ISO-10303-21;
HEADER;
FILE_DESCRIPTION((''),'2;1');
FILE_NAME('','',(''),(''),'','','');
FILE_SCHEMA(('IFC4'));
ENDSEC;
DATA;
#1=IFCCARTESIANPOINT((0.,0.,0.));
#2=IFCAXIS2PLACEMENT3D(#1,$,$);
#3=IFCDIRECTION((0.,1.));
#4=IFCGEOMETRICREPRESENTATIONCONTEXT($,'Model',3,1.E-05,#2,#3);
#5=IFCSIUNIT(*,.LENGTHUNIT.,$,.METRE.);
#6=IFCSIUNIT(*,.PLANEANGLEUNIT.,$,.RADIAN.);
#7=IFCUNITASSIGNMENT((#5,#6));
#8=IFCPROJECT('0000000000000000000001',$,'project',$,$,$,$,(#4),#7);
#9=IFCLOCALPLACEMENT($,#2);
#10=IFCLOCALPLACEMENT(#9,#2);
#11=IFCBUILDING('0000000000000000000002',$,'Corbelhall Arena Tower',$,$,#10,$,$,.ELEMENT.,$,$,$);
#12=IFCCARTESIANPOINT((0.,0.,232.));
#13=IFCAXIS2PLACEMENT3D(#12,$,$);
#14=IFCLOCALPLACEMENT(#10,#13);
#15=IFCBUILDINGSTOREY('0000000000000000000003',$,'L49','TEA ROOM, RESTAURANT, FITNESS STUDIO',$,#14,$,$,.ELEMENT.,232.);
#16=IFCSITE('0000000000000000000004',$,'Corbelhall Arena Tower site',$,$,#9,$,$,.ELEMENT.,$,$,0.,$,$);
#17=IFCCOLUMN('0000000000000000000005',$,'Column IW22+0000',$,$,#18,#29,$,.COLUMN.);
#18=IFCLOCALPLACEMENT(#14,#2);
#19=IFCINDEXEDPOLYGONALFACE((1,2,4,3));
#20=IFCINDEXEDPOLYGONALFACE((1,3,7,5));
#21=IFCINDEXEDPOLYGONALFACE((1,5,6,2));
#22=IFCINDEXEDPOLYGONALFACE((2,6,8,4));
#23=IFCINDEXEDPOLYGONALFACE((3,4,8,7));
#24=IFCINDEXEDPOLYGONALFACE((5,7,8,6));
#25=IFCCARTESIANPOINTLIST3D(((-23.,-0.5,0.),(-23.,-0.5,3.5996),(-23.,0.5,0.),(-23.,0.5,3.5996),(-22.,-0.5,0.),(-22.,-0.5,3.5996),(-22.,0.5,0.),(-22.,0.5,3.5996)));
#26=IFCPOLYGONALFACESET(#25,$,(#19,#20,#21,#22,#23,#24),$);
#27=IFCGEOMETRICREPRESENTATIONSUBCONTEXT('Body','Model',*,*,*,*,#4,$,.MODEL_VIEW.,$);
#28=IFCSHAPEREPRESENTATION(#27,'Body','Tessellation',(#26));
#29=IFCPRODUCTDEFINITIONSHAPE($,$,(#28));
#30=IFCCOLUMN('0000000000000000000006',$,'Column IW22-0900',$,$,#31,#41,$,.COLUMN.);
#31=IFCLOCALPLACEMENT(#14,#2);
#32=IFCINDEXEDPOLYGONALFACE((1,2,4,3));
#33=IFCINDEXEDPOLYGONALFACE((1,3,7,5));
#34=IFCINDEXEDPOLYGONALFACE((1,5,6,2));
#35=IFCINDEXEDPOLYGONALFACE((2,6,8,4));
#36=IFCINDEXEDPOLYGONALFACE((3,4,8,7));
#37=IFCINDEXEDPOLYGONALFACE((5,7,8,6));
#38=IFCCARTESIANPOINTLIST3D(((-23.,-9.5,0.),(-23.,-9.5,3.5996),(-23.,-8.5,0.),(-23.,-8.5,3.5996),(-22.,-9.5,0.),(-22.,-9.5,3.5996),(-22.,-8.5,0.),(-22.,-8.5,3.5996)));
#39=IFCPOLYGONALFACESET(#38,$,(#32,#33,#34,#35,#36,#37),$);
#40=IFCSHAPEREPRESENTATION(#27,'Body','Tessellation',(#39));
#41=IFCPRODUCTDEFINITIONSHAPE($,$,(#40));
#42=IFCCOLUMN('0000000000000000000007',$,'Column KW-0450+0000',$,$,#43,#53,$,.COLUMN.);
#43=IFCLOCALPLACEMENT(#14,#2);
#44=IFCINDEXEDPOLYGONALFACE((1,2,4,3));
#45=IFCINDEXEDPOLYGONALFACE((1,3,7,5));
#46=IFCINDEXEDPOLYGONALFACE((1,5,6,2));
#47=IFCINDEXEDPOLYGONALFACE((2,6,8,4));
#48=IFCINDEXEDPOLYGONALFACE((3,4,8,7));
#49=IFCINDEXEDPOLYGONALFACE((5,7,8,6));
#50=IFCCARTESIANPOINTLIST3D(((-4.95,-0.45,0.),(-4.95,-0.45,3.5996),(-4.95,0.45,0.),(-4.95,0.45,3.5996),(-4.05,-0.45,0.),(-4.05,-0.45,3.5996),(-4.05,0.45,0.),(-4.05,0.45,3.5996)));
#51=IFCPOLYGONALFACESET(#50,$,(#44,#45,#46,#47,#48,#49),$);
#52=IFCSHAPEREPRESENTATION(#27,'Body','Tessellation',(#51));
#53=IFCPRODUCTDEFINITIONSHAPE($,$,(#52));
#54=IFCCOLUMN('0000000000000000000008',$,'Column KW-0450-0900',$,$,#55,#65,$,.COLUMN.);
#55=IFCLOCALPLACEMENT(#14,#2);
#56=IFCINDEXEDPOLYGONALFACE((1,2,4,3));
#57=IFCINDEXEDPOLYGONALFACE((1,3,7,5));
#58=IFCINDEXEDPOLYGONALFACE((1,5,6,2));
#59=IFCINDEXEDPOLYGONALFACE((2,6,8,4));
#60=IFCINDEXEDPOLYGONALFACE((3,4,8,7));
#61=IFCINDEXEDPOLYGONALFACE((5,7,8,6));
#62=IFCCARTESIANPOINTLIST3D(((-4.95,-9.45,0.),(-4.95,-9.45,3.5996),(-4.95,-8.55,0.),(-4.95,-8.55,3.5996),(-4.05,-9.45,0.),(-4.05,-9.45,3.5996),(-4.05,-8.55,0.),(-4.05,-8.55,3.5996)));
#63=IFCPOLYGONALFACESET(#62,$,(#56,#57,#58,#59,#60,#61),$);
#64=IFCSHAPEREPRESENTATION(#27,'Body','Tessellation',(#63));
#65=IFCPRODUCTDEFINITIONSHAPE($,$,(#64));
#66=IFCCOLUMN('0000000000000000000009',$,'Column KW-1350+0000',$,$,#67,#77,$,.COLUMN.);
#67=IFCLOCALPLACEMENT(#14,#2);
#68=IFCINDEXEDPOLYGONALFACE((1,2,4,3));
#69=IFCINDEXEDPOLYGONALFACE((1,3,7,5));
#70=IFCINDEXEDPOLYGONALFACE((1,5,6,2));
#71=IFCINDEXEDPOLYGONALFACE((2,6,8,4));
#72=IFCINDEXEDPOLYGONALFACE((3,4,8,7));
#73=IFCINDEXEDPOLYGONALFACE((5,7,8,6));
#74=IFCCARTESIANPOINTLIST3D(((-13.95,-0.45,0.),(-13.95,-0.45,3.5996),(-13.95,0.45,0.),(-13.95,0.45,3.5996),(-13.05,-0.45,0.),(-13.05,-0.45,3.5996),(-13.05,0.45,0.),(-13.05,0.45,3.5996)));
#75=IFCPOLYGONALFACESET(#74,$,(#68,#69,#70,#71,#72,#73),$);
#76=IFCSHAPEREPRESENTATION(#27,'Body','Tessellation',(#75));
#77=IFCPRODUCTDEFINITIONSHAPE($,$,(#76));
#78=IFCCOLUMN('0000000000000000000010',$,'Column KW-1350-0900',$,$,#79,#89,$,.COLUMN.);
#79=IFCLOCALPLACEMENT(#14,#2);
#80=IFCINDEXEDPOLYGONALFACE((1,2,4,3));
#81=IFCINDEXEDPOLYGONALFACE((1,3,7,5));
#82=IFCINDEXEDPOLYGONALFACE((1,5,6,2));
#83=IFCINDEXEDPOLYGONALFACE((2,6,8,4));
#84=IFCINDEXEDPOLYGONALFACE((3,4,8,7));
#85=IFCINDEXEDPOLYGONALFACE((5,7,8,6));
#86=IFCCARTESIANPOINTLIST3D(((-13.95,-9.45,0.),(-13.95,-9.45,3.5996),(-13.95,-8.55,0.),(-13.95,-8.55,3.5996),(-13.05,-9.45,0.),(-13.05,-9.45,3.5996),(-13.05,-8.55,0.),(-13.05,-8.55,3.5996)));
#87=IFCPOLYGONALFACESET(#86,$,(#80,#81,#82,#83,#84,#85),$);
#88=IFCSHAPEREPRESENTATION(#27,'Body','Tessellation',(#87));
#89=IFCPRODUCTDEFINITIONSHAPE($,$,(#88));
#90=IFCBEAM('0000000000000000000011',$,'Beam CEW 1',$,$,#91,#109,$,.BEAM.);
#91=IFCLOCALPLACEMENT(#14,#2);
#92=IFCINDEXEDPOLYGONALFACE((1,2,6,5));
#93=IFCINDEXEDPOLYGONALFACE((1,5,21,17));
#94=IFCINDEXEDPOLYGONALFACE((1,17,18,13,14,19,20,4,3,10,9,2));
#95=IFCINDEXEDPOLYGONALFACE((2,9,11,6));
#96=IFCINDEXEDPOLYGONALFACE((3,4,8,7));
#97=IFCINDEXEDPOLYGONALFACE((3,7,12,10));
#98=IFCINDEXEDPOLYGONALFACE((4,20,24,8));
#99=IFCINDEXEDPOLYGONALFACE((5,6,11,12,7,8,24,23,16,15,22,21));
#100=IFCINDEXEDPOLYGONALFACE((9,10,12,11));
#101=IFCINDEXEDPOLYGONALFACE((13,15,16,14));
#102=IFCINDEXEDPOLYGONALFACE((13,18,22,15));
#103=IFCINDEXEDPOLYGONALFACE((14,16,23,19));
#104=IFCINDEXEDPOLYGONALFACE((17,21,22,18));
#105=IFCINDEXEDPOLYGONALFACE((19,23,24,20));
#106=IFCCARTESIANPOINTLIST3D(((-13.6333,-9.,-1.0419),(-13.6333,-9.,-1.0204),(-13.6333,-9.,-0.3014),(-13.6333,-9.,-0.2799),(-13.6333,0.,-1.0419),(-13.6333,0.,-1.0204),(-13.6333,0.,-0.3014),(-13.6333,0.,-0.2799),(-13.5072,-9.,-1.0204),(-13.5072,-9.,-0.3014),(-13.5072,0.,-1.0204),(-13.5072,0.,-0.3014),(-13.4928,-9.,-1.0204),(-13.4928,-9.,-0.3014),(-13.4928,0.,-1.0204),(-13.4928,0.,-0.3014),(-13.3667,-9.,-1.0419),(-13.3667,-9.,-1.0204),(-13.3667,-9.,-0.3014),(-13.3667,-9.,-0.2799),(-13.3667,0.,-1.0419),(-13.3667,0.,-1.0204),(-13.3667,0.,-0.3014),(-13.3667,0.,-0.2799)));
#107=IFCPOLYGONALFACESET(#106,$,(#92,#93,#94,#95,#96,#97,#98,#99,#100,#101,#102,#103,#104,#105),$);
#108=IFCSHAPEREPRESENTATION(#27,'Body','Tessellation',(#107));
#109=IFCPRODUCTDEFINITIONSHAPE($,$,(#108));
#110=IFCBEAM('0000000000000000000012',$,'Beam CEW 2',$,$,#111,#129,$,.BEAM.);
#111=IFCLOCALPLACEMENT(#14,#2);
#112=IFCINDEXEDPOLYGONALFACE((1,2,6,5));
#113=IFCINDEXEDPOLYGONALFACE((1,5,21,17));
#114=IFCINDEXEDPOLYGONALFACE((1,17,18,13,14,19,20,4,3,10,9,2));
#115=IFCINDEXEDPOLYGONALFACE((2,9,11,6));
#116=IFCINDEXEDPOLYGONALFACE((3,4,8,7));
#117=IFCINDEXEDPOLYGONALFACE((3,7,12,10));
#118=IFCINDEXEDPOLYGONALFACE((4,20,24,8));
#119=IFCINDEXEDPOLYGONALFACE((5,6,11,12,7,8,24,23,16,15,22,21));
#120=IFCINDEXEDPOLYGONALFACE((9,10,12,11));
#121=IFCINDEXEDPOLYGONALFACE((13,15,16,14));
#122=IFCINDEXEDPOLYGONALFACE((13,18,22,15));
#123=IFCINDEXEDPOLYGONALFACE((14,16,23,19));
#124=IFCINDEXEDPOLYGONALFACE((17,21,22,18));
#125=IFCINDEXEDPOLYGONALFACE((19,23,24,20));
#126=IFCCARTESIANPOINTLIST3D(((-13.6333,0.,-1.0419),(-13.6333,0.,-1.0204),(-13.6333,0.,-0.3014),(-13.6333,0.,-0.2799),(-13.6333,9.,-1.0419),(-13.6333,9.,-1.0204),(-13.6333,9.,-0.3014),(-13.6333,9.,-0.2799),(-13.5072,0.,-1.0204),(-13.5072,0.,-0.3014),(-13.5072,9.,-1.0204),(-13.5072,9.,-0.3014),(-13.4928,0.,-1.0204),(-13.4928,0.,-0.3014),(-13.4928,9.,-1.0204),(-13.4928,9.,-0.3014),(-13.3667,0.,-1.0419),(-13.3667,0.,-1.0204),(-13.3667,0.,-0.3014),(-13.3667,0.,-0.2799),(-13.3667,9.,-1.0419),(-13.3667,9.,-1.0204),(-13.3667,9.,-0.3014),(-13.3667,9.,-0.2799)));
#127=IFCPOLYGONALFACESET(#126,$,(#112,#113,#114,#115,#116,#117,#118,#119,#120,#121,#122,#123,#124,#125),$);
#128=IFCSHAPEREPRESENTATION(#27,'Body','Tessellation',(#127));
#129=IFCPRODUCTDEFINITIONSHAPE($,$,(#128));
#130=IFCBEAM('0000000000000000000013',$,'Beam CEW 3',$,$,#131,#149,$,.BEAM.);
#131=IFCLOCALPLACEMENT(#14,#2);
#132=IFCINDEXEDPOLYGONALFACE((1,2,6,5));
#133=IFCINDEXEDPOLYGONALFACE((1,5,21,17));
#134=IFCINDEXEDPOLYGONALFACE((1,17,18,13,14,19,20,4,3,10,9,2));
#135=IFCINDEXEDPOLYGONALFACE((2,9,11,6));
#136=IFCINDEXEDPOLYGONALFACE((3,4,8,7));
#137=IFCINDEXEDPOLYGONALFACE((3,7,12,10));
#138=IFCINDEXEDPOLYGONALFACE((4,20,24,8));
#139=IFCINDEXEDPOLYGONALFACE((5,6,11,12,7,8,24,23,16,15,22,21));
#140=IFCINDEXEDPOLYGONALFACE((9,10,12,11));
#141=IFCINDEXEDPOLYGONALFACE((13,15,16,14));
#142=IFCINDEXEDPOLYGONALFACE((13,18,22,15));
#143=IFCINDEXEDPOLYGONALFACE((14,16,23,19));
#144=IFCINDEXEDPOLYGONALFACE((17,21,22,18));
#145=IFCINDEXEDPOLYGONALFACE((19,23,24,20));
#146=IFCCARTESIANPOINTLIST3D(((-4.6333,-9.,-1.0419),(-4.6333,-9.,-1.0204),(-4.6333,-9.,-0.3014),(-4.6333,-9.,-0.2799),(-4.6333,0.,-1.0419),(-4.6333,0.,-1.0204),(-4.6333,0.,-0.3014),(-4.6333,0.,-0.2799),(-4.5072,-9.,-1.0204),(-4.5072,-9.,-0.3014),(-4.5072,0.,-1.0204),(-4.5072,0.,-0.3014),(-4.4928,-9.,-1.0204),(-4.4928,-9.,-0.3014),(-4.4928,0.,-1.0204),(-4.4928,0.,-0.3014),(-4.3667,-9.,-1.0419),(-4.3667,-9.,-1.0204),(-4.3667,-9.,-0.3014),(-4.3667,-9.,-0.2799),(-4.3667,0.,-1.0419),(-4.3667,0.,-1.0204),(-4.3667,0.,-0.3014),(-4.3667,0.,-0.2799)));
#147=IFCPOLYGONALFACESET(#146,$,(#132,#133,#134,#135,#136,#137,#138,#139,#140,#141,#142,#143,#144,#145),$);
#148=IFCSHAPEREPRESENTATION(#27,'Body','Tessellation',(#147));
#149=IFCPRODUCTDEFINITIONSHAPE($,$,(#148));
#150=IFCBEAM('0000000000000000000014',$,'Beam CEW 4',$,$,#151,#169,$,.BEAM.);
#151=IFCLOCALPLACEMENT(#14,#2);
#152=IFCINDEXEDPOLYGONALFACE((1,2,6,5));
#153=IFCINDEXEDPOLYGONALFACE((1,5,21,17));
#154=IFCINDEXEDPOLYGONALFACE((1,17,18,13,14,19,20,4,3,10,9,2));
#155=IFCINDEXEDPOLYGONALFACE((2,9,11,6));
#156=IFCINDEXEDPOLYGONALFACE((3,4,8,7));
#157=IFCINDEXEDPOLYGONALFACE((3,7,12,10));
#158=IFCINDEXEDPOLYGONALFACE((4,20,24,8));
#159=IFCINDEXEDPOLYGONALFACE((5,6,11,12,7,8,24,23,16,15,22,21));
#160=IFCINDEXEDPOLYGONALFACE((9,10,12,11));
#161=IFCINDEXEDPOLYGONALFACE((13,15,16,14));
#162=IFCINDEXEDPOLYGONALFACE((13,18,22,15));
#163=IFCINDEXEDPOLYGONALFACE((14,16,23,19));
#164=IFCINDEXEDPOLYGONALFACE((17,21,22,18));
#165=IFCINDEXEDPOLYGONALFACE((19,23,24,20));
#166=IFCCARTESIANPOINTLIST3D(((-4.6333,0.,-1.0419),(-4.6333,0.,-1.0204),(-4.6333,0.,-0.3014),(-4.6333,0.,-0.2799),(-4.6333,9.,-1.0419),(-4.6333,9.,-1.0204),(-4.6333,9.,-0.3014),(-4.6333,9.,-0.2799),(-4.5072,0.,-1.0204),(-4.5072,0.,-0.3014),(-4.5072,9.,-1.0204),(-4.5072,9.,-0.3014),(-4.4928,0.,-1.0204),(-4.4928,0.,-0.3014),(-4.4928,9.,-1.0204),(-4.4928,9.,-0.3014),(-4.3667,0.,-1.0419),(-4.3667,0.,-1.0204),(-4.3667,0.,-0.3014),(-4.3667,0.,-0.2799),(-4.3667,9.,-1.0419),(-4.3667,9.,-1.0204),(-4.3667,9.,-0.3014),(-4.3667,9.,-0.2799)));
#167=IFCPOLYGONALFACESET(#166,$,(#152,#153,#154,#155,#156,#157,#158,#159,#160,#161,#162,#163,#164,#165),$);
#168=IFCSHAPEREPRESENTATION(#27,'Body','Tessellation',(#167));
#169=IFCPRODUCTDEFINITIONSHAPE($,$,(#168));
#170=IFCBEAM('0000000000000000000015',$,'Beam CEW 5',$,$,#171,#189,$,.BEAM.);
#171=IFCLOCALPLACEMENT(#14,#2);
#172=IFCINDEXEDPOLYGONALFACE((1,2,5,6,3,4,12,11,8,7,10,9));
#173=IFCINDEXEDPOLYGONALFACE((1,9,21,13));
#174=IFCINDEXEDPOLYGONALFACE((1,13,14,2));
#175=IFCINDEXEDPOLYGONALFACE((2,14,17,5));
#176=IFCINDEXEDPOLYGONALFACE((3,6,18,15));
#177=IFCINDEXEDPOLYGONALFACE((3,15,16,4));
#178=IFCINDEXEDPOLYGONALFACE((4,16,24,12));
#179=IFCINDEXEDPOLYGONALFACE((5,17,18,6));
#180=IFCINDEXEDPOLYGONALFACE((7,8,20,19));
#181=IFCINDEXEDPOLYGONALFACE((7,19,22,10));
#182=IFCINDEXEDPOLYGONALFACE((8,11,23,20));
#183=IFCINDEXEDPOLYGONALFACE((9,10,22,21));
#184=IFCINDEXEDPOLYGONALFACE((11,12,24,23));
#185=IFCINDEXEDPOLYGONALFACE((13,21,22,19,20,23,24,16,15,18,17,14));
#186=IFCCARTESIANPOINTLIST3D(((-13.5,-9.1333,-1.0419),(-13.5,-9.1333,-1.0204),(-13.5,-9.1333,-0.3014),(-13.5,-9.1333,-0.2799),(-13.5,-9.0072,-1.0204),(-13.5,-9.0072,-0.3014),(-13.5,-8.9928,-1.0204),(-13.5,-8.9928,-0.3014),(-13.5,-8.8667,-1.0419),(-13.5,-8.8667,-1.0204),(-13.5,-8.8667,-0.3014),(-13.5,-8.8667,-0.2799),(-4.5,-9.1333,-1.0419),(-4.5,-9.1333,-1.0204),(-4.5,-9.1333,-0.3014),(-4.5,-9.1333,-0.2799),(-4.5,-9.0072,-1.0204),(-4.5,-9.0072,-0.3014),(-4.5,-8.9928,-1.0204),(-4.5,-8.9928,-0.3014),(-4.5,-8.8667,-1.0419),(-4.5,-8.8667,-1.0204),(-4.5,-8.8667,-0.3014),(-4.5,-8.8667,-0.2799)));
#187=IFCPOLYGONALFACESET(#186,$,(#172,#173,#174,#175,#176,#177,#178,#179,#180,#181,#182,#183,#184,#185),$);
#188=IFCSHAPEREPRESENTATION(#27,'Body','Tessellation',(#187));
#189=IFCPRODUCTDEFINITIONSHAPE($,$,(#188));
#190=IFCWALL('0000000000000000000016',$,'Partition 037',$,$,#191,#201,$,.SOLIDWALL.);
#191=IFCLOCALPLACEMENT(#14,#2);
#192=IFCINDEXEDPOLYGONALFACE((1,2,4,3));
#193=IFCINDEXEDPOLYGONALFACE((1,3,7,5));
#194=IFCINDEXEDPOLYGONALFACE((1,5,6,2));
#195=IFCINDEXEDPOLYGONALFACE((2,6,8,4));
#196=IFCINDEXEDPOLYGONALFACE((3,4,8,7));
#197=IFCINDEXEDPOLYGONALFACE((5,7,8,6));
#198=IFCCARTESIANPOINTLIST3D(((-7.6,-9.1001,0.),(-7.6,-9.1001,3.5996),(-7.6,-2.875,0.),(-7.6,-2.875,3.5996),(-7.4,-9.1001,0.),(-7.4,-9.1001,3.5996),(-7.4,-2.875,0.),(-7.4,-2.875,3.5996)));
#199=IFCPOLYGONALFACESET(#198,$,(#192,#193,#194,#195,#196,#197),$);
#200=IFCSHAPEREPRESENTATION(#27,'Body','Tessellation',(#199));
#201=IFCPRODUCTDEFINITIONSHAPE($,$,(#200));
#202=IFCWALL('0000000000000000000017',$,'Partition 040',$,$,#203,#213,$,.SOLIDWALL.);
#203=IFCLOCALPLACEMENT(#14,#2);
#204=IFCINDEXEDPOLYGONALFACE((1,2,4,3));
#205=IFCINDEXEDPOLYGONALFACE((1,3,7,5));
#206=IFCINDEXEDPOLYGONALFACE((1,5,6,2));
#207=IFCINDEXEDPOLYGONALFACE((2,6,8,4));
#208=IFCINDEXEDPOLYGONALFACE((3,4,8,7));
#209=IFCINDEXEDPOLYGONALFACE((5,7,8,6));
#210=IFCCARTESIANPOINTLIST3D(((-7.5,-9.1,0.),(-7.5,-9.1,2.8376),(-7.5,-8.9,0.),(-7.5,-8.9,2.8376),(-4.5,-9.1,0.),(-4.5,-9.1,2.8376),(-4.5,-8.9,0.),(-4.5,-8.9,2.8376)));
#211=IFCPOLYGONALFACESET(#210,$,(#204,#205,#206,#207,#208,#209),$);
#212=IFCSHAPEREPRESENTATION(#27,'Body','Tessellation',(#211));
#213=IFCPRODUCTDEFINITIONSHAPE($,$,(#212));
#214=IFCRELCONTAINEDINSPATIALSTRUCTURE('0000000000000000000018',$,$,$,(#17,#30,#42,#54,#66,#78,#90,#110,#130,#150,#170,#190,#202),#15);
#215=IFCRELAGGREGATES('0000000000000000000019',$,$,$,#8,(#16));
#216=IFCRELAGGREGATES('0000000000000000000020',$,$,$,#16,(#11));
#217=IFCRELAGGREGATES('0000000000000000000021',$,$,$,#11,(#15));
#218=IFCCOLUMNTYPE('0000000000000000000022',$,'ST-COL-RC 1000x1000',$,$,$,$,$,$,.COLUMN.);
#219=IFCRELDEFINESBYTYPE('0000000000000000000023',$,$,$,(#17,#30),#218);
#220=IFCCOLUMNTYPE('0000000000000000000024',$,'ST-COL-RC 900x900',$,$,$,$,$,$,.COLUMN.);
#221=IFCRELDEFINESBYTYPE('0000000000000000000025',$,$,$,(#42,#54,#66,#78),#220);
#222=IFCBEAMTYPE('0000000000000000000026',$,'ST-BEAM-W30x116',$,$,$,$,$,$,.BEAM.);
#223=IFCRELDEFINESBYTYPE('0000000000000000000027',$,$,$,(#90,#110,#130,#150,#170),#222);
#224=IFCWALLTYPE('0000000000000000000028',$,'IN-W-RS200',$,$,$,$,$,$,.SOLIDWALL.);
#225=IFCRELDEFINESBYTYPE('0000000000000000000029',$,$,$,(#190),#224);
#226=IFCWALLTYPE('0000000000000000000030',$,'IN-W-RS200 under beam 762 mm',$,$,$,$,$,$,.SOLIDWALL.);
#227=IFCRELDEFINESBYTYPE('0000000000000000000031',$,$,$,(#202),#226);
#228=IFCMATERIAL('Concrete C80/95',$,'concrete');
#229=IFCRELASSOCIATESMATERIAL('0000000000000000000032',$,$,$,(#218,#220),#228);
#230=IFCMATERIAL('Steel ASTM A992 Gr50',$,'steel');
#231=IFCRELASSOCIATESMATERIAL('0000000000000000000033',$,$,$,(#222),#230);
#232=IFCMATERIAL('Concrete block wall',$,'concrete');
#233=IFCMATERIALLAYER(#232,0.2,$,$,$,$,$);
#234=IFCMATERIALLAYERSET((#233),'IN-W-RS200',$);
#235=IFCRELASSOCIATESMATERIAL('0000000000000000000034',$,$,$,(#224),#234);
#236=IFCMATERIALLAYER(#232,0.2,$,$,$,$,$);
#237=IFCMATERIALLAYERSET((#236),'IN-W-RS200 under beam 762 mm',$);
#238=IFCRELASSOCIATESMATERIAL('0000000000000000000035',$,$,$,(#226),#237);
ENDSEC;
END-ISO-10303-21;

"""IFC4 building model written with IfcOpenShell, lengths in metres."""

from ifc_helpers import new_model, si_unit, direction, frame, frame_2d, origin, origin_2d, place, context, subcontext, project, spatial, rectangle, i_section, extrude, material, layer, layer_set, material_profile, profile_set, type_object, element, save


model = new_model("IFC4")

# Units and contexts
model_context = context("Model", 3, precision=1e-05, world=origin(), true_north=direction((0.0, 1.0)))
body_context = subcontext(model_context, "Body", "Model", "MODEL_VIEW")
ifc_project = project(units=[si_unit("LENGTHUNIT", "METRE"), si_unit("PLANEANGLEUNIT", "RADIAN")], contexts=[model_context])

# Site, building, storey
site_placement = place(None, origin())
site = spatial("IfcSite", under=ifc_project, at=site_placement, Name="Corbelhall Arena Tower site", CompositionType="ELEMENT", RefElevation=0.0)
building_placement = place(site_placement, origin())
building = spatial("IfcBuilding", under=site, at=building_placement, Name="Corbelhall Arena Tower", CompositionType="ELEMENT")
storey_placement = place(building_placement, frame((0.0, 0.0, 232.0)))
storey = spatial("IfcBuildingStorey", under=building, at=storey_placement, Name="L49", Description="TEA ROOM, RESTAURANT, FITNESS STUDIO", CompositionType="ELEMENT", Elevation=232.0)

# Columns
ifc_material_1 = material(Name="Concrete C80/95", Category="concrete")
ifc_material_profile_1 = material_profile(ifc_material_1, rectangle(XDim=1.0, YDim=1.0, at=origin_2d()))
ifc_profile_set_1 = profile_set([ifc_material_profile_1], Name="Concrete C80/95")
column_type_1 = type_object("IfcColumnType", Name="ST-COL-RC 1000x1000", PredefinedType="COLUMN", material=ifc_profile_set_1)
for number, where, z_axis, x_axis, name in (
    (1, (-22.5, 0.0, 0.0), (0.0, 0.0, 1.0), (1.0, 0.0, 0.0), "Column IW22+0000"),
    (2, (-22.5, -9.0, 0.0), (0.0, 0.0, 1.0), (1.0, 0.0, 0.0), "Column IW22-0900"),
):
    element("IfcColumn", number, at=place(storey_placement, frame(where, z_axis=z_axis, x_axis=x_axis)), inside=storey, type_object=column_type_1, Name=name, PredefinedType="COLUMN", context=body_context, shape_type="SweptSolid", body=[
        extrude(rectangle(XDim=1.0, YDim=1.0, at=origin_2d()), origin(), (0.0, 0.0, 1.0), 3.5996),
    ])
ifc_material_profile_2 = material_profile(ifc_material_1, rectangle(XDim=0.8999, YDim=0.8999, at=origin_2d()))
ifc_profile_set_2 = profile_set([ifc_material_profile_2], Name="Concrete C80/95")
column_type_2 = type_object("IfcColumnType", Name="ST-COL-RC 900x900", PredefinedType="COLUMN", material=ifc_profile_set_2)
for number, where, z_axis, x_axis, name in (
    (3, (-4.5, 0.0, 0.0), (0.0, 0.0, 1.0), (1.0, 0.0, 0.0), "Column KW-0450+0000"),
    (4, (-4.5, -9.0, 0.0), (0.0, 0.0, 1.0), (1.0, 0.0, 0.0), "Column KW-0450-0900"),
    (5, (-13.5, 0.0, 0.0), (0.0, 0.0, 1.0), (1.0, 0.0, 0.0), "Column KW-1350+0000"),
    (6, (-13.5, -9.0, 0.0), (0.0, 0.0, 1.0), (1.0, 0.0, 0.0), "Column KW-1350-0900"),
):
    element("IfcColumn", number, at=place(storey_placement, frame(where, z_axis=z_axis, x_axis=x_axis)), inside=storey, type_object=column_type_2, Name=name, PredefinedType="COLUMN", context=body_context, shape_type="SweptSolid", body=[
        extrude(rectangle(XDim=0.8999, YDim=0.8999, at=origin_2d()), origin(), (0.0, 0.0, 1.0), 3.5996),
    ])

# Beams
ifc_material_2 = material(Name="Steel ASTM A992 Gr50", Category="steel")
ifc_material_profile_3 = material_profile(ifc_material_2, i_section(OverallWidth=0.2666, OverallDepth=0.762, WebThickness=0.0144, FlangeThickness=0.0215, at=origin_2d()))
ifc_profile_set_3 = profile_set([ifc_material_profile_3], Name="Steel ASTM A992 Gr50")
beam_type = type_object("IfcBeamType", Name="ST-BEAM-W30x116", PredefinedType="BEAM", material=ifc_profile_set_3)
for number, where, z_axis, x_axis, name in (
    (7, (-13.5, -9.0, -0.6609), (0.0, 1.0, 0.0), (-1.0, 0.0, 0.0), "Beam CEW 1"),
    (8, (-13.5, 0.0, -0.6609), (0.0, 1.0, 0.0), (-1.0, 0.0, 0.0), "Beam CEW 2"),
    (9, (-4.5, -9.0, -0.6609), (0.0, 1.0, 0.0), (-1.0, 0.0, 0.0), "Beam CEW 3"),
    (10, (-4.5, 0.0, -0.6609), (0.0, 1.0, 0.0), (-1.0, 0.0, 0.0), "Beam CEW 4"),
    (11, (-13.5, -9.0, -0.6609), (1.0, 0.0, 0.0), (0.0, 1.0, 0.0), "Beam CEW 5"),
):
    element("IfcBeam", number, at=place(storey_placement, frame(where, z_axis=z_axis, x_axis=x_axis)), inside=storey, type_object=beam_type, Name=name, PredefinedType="BEAM", context=body_context, shape_type="SweptSolid", body=[
        extrude(i_section(OverallWidth=0.2666, OverallDepth=0.762, WebThickness=0.0144, FlangeThickness=0.0215, at=origin_2d()), origin(), (0.0, 0.0, 1.0), 9.0),
    ])

# Walls
ifc_material_3 = material(Name="Concrete block wall", Category="concrete")
ifc_layer_1 = layer(ifc_material_3, 0.2)
ifc_layer_set_1 = layer_set([ifc_layer_1], Name="IN-W-RS200")
wall_type_1 = type_object("IfcWallType", Name="IN-W-RS200", PredefinedType="SOLIDWALL", material=ifc_layer_set_1)
wall_1_placement = place(storey_placement, frame((-7.5, -9.1001, 0.0), z_axis=(0.0, 0.0, 1.0), x_axis=(0.0, 1.0, 0.0)))
element("IfcWall", 12, at=wall_1_placement, inside=storey, type_object=wall_type_1, Name="Partition 037", PredefinedType="SOLIDWALL", context=body_context, shape_type="SweptSolid", body=[
    extrude(rectangle(XDim=6.2251, YDim=0.2, at=frame_2d((3.1125, 0.0))), origin(), (0.0, 0.0, 1.0), 3.5996),
])
ifc_layer_2 = layer(ifc_material_3, 0.2)
ifc_layer_set_2 = layer_set([ifc_layer_2], Name="IN-W-RS200 under beam 762 mm")
wall_type_2 = type_object("IfcWallType", Name="IN-W-RS200 under beam 762 mm", PredefinedType="SOLIDWALL", material=ifc_layer_set_2)
wall_2_placement = place(storey_placement, frame((-4.5, -9.0, 0.0), z_axis=(0.0, 0.0, 1.0), x_axis=(-1.0, 0.0, 0.0)))
element("IfcWall", 13, at=wall_2_placement, inside=storey, type_object=wall_type_2, Name="Partition 040", PredefinedType="SOLIDWALL", context=body_context, shape_type="SweptSolid", body=[
    extrude(rectangle(XDim=3.0, YDim=0.2, at=frame_2d((1.5, 0.0))), origin(), (0.0, 0.0, 1.0), 2.8376),
])

save(model, "model.ifc")
